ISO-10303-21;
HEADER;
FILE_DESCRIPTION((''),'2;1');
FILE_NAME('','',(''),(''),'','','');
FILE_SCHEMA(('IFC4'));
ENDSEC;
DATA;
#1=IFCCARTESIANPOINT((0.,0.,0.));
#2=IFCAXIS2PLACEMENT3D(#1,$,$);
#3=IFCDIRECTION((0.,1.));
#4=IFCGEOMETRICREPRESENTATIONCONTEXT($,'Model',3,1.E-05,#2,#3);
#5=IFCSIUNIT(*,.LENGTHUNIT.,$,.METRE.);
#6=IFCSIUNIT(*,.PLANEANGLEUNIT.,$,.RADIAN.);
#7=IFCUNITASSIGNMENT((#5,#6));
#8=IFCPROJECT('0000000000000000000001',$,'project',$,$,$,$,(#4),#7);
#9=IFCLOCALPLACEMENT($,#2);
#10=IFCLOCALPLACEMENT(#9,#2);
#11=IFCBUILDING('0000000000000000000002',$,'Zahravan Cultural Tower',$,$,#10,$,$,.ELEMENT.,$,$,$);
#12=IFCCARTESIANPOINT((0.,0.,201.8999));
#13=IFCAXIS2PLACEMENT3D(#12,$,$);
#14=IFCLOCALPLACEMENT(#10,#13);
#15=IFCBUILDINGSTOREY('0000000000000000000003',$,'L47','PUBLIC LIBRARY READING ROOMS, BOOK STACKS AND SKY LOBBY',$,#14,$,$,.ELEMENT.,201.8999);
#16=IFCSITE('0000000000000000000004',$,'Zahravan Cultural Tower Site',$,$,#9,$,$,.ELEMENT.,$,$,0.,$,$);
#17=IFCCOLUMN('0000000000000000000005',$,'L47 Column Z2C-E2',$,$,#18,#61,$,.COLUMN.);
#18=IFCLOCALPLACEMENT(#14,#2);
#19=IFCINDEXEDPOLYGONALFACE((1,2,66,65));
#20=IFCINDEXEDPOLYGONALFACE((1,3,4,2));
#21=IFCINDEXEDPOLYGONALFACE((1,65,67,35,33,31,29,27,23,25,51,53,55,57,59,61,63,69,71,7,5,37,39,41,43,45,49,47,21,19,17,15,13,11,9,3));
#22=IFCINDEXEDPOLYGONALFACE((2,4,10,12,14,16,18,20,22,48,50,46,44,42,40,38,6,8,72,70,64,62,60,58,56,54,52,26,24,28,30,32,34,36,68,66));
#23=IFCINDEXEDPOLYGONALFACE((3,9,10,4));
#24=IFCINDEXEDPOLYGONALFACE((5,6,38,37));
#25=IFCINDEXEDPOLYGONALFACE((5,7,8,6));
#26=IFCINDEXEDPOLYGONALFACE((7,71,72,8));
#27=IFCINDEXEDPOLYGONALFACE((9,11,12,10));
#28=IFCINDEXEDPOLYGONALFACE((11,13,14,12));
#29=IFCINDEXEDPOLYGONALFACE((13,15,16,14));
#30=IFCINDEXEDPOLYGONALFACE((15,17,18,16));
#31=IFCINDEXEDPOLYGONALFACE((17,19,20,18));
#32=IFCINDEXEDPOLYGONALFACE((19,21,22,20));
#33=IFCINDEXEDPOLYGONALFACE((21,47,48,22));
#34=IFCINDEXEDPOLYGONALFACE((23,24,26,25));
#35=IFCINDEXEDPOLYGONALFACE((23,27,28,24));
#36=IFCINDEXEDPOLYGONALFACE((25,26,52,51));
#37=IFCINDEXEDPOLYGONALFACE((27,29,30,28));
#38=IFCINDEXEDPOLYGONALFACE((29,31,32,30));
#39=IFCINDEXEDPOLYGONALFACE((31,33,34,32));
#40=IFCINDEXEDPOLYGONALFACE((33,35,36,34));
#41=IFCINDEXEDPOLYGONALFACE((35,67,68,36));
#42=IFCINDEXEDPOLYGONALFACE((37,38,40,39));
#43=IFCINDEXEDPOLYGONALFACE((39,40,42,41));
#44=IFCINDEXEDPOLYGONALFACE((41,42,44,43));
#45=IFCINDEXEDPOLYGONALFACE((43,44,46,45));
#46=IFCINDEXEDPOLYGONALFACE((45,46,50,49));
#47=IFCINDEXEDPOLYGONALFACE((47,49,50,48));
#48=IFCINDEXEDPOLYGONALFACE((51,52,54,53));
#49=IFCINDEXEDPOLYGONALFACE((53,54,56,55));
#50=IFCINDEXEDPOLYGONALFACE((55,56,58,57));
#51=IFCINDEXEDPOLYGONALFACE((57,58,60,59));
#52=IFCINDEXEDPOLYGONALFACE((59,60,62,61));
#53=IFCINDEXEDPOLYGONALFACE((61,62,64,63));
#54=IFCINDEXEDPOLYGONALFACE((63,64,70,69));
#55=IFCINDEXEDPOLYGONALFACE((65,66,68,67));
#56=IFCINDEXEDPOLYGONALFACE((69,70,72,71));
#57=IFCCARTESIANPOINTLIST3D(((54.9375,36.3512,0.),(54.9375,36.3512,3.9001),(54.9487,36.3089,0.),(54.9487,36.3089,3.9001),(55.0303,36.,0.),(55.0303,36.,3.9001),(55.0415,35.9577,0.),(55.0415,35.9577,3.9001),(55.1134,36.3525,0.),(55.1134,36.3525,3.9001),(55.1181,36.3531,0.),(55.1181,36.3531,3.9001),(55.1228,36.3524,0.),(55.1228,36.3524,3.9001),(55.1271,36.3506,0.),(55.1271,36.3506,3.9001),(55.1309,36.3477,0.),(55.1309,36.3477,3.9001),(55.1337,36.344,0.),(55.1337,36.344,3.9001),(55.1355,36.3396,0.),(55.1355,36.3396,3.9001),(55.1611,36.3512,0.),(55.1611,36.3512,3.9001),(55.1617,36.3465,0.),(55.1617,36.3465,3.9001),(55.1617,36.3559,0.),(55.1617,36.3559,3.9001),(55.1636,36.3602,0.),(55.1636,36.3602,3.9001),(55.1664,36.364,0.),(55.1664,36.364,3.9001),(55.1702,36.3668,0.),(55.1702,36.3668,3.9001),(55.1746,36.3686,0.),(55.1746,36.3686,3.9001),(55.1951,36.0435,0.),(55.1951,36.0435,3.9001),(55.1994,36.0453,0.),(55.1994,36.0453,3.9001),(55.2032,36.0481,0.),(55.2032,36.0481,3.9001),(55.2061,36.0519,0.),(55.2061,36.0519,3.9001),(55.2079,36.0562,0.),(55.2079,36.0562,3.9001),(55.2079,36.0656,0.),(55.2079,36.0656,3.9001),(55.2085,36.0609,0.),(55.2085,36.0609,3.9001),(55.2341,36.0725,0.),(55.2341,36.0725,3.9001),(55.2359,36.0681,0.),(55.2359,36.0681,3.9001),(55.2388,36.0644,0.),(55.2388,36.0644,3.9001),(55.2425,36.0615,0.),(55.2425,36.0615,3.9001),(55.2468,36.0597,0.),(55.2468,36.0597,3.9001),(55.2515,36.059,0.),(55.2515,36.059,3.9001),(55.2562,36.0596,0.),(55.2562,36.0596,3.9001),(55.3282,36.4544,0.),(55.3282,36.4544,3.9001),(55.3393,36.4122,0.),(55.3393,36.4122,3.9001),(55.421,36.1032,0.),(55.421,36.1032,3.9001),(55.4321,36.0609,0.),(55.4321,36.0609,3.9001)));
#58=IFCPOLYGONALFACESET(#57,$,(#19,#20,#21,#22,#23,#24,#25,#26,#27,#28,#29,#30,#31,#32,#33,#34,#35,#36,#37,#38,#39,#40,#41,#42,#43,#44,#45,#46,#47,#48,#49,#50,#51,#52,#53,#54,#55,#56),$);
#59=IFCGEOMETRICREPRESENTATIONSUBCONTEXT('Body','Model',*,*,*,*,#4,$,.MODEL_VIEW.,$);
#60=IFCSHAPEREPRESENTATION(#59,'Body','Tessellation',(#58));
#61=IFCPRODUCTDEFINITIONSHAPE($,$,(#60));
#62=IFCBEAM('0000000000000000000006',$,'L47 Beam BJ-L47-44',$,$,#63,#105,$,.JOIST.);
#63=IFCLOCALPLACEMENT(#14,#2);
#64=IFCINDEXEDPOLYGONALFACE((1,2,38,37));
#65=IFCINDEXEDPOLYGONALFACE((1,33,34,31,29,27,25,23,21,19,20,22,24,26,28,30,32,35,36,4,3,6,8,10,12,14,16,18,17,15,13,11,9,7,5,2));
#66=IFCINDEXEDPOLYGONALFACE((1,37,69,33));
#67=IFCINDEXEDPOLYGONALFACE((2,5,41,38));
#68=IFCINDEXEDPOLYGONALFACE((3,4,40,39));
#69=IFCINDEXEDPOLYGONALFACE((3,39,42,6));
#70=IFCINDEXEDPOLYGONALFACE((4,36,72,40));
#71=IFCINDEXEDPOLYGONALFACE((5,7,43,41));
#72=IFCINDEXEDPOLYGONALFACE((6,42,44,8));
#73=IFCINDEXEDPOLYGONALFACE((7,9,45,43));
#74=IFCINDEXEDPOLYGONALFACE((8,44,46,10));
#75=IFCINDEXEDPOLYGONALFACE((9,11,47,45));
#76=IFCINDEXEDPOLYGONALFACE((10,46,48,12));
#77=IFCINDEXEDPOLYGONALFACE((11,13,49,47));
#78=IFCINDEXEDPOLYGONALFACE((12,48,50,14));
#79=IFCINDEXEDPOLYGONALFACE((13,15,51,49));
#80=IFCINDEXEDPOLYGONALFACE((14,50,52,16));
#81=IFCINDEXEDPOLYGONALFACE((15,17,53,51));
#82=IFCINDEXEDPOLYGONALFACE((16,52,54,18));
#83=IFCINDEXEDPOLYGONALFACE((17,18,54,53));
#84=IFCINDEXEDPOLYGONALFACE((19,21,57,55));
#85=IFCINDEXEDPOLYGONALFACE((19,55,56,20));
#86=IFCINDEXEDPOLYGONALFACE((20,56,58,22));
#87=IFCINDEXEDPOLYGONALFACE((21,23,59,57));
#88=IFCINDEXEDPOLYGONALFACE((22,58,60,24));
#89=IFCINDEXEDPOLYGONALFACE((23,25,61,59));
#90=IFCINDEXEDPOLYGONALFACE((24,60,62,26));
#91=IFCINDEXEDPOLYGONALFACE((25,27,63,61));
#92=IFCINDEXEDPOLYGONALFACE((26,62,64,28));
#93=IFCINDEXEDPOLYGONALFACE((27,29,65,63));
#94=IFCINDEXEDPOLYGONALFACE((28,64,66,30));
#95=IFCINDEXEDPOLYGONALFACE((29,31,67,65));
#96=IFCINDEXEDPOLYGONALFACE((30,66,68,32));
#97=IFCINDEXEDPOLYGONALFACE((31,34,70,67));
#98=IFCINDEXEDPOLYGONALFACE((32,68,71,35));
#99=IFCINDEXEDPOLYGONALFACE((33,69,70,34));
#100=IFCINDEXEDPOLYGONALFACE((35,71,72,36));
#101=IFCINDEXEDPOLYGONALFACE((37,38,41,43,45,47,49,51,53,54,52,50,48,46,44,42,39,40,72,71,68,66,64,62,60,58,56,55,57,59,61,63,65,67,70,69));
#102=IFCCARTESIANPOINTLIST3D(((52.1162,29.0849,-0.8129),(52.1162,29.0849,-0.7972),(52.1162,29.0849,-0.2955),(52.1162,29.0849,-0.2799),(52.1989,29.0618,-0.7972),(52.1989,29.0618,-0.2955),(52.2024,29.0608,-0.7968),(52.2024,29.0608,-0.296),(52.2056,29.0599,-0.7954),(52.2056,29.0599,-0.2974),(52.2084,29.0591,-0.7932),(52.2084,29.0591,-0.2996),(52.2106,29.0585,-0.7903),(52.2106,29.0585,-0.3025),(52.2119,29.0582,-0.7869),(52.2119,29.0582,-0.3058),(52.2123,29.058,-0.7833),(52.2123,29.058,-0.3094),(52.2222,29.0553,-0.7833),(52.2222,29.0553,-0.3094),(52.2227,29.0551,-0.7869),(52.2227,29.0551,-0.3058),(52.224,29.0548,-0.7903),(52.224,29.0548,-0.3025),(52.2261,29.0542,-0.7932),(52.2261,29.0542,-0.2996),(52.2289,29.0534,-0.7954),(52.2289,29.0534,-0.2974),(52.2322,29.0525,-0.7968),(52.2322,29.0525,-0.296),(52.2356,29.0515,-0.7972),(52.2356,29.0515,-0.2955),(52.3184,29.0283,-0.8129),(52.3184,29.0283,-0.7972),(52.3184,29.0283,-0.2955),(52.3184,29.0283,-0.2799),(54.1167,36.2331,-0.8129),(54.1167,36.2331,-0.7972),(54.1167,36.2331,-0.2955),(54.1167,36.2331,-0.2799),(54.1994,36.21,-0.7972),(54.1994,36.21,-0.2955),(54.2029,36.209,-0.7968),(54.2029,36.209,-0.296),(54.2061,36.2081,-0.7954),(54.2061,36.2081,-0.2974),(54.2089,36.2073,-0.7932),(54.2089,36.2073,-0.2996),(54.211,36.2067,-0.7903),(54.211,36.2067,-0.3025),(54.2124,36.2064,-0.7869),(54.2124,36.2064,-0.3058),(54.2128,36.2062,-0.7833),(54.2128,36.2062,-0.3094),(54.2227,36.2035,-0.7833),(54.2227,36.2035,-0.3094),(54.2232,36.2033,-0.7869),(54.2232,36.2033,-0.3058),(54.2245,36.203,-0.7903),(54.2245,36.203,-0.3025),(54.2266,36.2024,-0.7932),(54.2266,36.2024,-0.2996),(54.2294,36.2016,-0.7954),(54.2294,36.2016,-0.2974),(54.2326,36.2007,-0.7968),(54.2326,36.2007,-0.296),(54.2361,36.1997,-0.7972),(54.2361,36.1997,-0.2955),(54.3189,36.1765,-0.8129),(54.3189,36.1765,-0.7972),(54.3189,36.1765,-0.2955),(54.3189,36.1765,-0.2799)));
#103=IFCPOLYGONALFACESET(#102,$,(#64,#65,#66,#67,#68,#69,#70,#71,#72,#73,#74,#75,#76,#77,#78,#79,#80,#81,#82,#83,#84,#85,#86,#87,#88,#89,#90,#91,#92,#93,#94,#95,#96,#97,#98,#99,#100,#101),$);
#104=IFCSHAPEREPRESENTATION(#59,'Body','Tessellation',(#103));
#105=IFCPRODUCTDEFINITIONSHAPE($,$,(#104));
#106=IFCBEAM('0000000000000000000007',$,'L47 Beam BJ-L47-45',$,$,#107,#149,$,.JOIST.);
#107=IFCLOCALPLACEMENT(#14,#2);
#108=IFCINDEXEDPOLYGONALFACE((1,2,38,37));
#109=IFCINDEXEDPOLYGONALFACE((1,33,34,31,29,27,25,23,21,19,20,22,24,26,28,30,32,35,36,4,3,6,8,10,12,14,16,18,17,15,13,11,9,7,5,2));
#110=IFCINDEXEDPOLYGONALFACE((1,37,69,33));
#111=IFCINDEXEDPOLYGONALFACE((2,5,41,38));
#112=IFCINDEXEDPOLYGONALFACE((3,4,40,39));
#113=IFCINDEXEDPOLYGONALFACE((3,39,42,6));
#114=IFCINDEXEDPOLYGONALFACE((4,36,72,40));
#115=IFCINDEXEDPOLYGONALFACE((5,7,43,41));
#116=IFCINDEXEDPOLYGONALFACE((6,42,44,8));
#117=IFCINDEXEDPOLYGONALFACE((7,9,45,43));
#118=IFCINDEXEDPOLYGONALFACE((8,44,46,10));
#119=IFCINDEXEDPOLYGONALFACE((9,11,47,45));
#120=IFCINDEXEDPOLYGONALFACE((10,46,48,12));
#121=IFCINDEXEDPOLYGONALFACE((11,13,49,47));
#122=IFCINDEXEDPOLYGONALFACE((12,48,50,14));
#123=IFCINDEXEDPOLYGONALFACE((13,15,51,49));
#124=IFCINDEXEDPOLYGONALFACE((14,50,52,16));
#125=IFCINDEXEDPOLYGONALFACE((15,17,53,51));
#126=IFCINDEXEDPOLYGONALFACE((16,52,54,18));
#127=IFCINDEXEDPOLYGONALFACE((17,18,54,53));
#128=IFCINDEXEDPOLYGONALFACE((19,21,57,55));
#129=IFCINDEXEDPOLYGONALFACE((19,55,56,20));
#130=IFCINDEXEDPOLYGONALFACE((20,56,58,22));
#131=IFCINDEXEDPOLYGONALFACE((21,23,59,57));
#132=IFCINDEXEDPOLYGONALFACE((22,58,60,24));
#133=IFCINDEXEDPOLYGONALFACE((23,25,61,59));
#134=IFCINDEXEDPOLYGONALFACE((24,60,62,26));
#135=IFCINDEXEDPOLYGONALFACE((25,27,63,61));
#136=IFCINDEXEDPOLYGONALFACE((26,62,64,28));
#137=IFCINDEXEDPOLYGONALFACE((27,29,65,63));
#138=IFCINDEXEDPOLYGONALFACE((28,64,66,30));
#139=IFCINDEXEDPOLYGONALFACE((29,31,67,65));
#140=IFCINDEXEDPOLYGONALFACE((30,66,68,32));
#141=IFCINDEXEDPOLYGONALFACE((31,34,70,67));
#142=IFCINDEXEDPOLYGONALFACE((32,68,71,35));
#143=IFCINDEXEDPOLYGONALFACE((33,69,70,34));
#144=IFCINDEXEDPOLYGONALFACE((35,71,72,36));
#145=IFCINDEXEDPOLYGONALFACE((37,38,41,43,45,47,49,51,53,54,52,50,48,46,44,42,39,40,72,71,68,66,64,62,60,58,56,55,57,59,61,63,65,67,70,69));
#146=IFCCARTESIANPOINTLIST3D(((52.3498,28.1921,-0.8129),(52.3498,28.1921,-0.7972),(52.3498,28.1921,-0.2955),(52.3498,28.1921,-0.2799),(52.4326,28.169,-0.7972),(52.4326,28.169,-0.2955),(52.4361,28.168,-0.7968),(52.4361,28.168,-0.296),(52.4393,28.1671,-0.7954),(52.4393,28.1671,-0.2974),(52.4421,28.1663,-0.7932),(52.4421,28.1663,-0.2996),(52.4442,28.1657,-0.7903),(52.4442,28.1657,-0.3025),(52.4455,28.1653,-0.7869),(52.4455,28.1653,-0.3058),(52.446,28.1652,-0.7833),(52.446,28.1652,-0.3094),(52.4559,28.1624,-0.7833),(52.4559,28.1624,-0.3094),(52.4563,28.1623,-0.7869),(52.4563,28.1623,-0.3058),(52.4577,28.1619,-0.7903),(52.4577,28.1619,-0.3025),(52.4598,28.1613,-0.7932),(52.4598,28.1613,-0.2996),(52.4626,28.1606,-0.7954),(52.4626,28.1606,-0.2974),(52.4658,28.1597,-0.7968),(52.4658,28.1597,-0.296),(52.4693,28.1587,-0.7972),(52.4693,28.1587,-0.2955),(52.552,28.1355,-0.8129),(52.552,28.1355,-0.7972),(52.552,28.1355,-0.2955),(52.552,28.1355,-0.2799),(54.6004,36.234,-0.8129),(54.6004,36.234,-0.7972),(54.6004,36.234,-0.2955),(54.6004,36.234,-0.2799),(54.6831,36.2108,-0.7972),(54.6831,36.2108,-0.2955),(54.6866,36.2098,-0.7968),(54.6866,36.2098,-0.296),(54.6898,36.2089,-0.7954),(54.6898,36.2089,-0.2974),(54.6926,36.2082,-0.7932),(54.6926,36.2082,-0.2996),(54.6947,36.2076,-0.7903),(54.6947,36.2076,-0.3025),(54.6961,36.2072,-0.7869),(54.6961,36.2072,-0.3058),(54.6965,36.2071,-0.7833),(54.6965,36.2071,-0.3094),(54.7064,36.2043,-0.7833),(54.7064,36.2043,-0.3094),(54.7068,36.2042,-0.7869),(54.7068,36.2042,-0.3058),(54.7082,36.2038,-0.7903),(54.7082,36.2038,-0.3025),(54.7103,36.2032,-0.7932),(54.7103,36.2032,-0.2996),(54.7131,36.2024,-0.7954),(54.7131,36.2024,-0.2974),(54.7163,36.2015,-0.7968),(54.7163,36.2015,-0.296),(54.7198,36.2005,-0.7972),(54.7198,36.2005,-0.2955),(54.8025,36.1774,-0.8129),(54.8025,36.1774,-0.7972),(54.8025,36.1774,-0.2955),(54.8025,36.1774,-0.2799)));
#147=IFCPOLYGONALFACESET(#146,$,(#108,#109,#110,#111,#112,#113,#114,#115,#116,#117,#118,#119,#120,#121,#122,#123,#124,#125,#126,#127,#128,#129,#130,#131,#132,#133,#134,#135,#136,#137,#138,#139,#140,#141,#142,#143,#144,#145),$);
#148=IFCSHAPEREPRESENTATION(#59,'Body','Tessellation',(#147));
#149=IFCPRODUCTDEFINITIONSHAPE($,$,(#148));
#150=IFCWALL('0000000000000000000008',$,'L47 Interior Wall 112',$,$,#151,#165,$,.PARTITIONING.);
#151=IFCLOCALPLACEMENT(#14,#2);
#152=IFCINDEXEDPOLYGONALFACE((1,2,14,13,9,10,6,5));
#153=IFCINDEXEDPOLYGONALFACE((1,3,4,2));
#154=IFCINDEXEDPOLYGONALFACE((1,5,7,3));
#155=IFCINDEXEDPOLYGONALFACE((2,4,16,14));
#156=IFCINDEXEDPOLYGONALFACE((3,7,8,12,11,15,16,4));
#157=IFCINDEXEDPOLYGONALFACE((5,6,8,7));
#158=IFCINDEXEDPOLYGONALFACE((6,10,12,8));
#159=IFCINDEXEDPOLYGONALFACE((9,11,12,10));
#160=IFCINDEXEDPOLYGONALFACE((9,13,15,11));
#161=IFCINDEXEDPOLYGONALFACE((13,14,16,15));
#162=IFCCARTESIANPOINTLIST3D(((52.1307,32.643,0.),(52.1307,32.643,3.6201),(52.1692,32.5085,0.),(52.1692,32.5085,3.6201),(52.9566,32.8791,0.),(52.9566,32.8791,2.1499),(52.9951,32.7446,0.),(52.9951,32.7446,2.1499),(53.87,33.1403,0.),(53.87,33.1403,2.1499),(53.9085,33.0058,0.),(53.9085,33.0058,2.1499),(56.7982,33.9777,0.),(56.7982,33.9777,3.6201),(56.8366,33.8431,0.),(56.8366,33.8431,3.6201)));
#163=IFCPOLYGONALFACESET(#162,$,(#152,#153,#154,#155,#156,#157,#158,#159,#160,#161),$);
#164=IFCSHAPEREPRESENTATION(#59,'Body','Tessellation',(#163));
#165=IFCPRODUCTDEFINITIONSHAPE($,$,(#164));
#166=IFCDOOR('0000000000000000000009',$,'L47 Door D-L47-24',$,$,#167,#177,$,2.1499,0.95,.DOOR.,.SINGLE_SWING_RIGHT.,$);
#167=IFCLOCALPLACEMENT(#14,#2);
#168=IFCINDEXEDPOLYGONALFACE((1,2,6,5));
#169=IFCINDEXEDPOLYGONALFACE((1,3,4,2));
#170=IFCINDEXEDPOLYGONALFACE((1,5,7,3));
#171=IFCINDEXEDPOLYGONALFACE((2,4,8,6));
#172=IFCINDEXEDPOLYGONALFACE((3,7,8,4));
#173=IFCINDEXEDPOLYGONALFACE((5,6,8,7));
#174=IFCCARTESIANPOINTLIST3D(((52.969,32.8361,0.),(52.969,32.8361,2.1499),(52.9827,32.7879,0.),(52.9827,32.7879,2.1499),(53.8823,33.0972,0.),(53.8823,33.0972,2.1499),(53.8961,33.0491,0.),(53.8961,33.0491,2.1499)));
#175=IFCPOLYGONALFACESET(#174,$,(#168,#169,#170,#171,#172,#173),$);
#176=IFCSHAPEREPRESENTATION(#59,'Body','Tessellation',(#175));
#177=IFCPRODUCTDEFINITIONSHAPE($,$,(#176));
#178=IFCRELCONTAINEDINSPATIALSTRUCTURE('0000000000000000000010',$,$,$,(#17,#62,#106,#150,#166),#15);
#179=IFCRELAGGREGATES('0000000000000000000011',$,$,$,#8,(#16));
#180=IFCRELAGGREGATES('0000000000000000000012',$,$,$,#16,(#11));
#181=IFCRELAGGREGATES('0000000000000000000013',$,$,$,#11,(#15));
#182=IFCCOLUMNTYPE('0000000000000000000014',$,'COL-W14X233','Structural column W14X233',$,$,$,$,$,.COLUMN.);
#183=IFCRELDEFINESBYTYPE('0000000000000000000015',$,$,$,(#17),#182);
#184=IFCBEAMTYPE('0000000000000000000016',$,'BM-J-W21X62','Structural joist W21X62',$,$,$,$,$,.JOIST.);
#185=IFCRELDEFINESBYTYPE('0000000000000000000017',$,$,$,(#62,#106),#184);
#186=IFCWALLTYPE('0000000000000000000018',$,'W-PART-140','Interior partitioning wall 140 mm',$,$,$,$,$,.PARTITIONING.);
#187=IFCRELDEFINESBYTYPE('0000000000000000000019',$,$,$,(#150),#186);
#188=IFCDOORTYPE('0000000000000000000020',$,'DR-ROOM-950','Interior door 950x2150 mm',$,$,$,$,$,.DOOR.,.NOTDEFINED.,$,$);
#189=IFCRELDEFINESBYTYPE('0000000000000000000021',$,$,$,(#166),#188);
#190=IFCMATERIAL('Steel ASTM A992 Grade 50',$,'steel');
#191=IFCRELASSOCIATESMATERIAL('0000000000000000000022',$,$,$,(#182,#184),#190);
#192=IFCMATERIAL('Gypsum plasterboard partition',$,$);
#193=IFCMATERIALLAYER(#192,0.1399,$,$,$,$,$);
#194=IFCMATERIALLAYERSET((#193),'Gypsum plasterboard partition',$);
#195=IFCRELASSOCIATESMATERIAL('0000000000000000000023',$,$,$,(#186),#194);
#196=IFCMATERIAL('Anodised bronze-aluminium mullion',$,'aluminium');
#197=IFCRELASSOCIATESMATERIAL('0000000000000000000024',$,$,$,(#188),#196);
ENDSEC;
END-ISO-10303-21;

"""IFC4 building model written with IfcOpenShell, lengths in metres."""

from ifc_helpers import new_model, si_unit, direction, frame, frame_2d, origin, origin_2d, place, context, subcontext, project, spatial, rectangle, i_section, extrude, source, transform, mapped, material, layer, layer_set, material_profile, profile_set, type_object, element, fill, save


model = new_model("IFC4")

# Units and contexts
model_context = context("Model", 3, precision=1e-05, world=origin(), true_north=direction((0.0, 1.0)))
body_context = subcontext(model_context, "Body", "Model", "MODEL_VIEW")
ifc_project = project(units=[si_unit("LENGTHUNIT", "METRE"), si_unit("PLANEANGLEUNIT", "RADIAN")], contexts=[model_context])

# Site, building, storey
site_placement = place(None, origin())
site = spatial("IfcSite", under=ifc_project, at=site_placement, Name="Zahravan Cultural Tower Site", CompositionType="ELEMENT", RefElevation=0.0)
building_placement = place(site_placement, origin())
building = spatial("IfcBuilding", under=site, at=building_placement, Name="Zahravan Cultural Tower", CompositionType="ELEMENT")
storey_placement = place(building_placement, frame((0.0, 0.0, 201.8999)))
storey = spatial("IfcBuildingStorey", under=building, at=storey_placement, Name="L47", Description="PUBLIC LIBRARY READING ROOMS, BOOK STACKS AND SKY LOBBY", CompositionType="ELEMENT", Elevation=201.8999)

# Column
ifc_material_1 = material(Name="Steel ASTM A992 Grade 50", Category="steel")
ifc_material_profile_1 = material_profile(ifc_material_1, i_section(OverallWidth=0.4041, OverallDepth=0.407, WebThickness=0.0271, FlangeThickness=0.0437, FilletRadius=0.0181, at=origin_2d()), Name="W14X233")
ifc_profile_set_1 = profile_set([ifc_material_profile_1], Name="Steel ASTM A992 Grade 50")
column_type = type_object("IfcColumnType", Name="COL-W14X233", Description="Structural column W14X233", PredefinedType="COLUMN", material=ifc_profile_set_1)
shared_shape_1 = source(origin(), body_context, "Body", "SweptSolid", [
    extrude(i_section(OverallWidth=0.4041, OverallDepth=0.407, WebThickness=0.0271, FlangeThickness=0.0437, FilletRadius=0.0181, at=origin_2d()), origin(), (0.0, 0.0, 1.0), 3.9001),
])
column_placement = place(storey_placement, frame((55.1848, 36.2061, 0.0), z_axis=(0.0, 0.0, 1.0), x_axis=(0.966823, 0.255446, 0.0)))
element("IfcColumn", 1, at=column_placement, inside=storey, type_object=column_type, Name="L47 Column Z2C-E2", PredefinedType="COLUMN", context=body_context, shape_type="MappedRepresentation", body=[
    mapped(shared_shape_1, transform((0.0, 0.0, 0.0), x_axis=(1.0, 0.0, 0.0), y_axis=(0.0, 1.0, 0.0), z_axis=(0.0, 0.0, 1.0), scale=1.0)),
])

# Beams
ifc_material_profile_2 = material_profile(ifc_material_1, i_section(OverallWidth=0.21, OverallDepth=0.533, WebThickness=0.0103, FlangeThickness=0.0156, FilletRadius=0.0139, at=origin_2d()), Name="W21X62")
ifc_profile_set_2 = profile_set([ifc_material_profile_2], Name="Steel ASTM A992 Grade 50")
beam_type = type_object("IfcBeamType", Name="BM-J-W21X62", Description="Structural joist W21X62", PredefinedType="JOIST", material=ifc_profile_set_2)
shared_shape_2 = source(origin(), body_context, "Body", "SweptSolid", [
    extrude(i_section(OverallWidth=0.21, OverallDepth=0.533, WebThickness=0.0103, FlangeThickness=0.0156, FilletRadius=0.0139, at=origin_2d()), origin(), (0.0, 0.0, 1.0), 7.4229),
])
beam_1_placement = place(storey_placement, frame((52.2173, 29.0566, -0.5464), z_axis=(0.269504, 0.962999, 0.0), x_axis=(-0.962999, 0.269504, 0.0)))
element("IfcBeam", 2, at=beam_1_placement, inside=storey, type_object=beam_type, Name="L47 Beam BJ-L47-44", PredefinedType="JOIST", context=body_context, shape_type="MappedRepresentation", body=[
    mapped(shared_shape_2, transform((0.0, 0.0, 0.0), x_axis=(1.0, 0.0, 0.0), y_axis=(0.0, 1.0, 0.0), z_axis=(0.0, 0.0, 1.0), scale=1.0)),
])
shared_shape_3 = source(origin(), body_context, "Body", "SweptSolid", [
    extrude(i_section(OverallWidth=0.21, OverallDepth=0.533, WebThickness=0.0103, FlangeThickness=0.0156, FilletRadius=0.0139, at=origin_2d()), origin(), (0.0, 0.0, 1.0), 8.3508),
])
beam_2_placement = place(storey_placement, frame((52.4509, 28.1638, -0.5464), z_axis=(0.269497, 0.963001, 0.0), x_axis=(-0.963001, 0.269497, 0.0)))
element("IfcBeam", 3, at=beam_2_placement, inside=storey, type_object=beam_type, Name="L47 Beam BJ-L47-45", PredefinedType="JOIST", context=body_context, shape_type="MappedRepresentation", body=[
    mapped(shared_shape_3, transform((0.0, 0.0, 0.0), x_axis=(1.0, 0.0, 0.0), y_axis=(0.0, 1.0, 0.0), z_axis=(0.0, 0.0, 1.0), scale=1.0)),
])

# Wall, opening, door
ifc_material_2 = material(Name="Gypsum plasterboard partition")
ifc_layer_1 = layer(ifc_material_2, 0.1399)
ifc_layer_set_1 = layer_set([ifc_layer_1], Name="Gypsum plasterboard partition")
wall_type_1 = type_object("IfcWallType", Name="W-PART-140", Description="Interior partitioning wall 140 mm", PredefinedType="PARTITIONING", material=ifc_layer_set_1)
wall_1_placement = place(storey_placement, frame((56.8174, 33.9104, 0.0), z_axis=(0.0, 0.0, 1.0), x_axis=(-0.961461, -0.27494, 0.0)))
wall_1 = element("IfcWall", 4, at=wall_1_placement, inside=storey, type_object=wall_type_1, Name="L47 Interior Wall 112", PredefinedType="PARTITIONING", context=body_context, shape_type="SweptSolid", body=[
    extrude(rectangle(XDim=4.8545, YDim=0.1399, at=frame_2d((2.4272, 0.0))), origin(), (0.0, 0.0, 1.0), 3.6201),
])
opening_placement = place(wall_1_placement, frame((3.0454, 0.0, 0.0)))
opening = element("IfcOpeningElement", 5, at=opening_placement, cuts=wall_1, PredefinedType="OPENING", context=body_context, shape_type="SweptSolid", body=[
    extrude(rectangle(XDim=0.95, YDim=2.1499, at=frame_2d((0.4751, 1.075))), frame((0.0, 0.0798, 0.0), z_axis=(0.0, -1.0, 0.0), x_axis=(1.0, 0.0, 0.0)), (0.0, 0.0, 1.0), 0.1599),
])
ifc_material_3 = material(Name="Anodised bronze-aluminium mullion", Category="aluminium")
door_type = type_object("IfcDoorType", Name="DR-ROOM-950", Description="Interior door 950x2150 mm", OperationType="NOTDEFINED", PredefinedType="DOOR", material=ifc_material_3)
shared_shape_4 = source(origin(), body_context, "Body", "SweptSolid", [
    extrude(rectangle(XDim=0.95, YDim=2.1499, at=frame_2d((0.4751, 1.075))), frame((0.0, 0.0249, 0.0), z_axis=(0.0, -1.0, 0.0), x_axis=(1.0, 0.0, 0.0)), (0.0, 0.0, 1.0), 0.05),
])
door_placement = place(opening_placement, origin())
door = element("IfcDoor", 6, at=door_placement, inside=storey, type_object=door_type, Name="L47 Door D-L47-24", OperationType="SINGLE_SWING_RIGHT", OverallHeight=2.1499, OverallWidth=0.95, PredefinedType="DOOR", context=body_context, shape_type="MappedRepresentation", body=[
    mapped(shared_shape_4, transform((0.0, 0.0, 0.0), x_axis=(1.0, 0.0, 0.0), y_axis=(0.0, 1.0, 0.0), z_axis=(0.0, 0.0, 1.0), scale=1.0)),
])
fill(opening, door)

save(model, "model.ifc")
